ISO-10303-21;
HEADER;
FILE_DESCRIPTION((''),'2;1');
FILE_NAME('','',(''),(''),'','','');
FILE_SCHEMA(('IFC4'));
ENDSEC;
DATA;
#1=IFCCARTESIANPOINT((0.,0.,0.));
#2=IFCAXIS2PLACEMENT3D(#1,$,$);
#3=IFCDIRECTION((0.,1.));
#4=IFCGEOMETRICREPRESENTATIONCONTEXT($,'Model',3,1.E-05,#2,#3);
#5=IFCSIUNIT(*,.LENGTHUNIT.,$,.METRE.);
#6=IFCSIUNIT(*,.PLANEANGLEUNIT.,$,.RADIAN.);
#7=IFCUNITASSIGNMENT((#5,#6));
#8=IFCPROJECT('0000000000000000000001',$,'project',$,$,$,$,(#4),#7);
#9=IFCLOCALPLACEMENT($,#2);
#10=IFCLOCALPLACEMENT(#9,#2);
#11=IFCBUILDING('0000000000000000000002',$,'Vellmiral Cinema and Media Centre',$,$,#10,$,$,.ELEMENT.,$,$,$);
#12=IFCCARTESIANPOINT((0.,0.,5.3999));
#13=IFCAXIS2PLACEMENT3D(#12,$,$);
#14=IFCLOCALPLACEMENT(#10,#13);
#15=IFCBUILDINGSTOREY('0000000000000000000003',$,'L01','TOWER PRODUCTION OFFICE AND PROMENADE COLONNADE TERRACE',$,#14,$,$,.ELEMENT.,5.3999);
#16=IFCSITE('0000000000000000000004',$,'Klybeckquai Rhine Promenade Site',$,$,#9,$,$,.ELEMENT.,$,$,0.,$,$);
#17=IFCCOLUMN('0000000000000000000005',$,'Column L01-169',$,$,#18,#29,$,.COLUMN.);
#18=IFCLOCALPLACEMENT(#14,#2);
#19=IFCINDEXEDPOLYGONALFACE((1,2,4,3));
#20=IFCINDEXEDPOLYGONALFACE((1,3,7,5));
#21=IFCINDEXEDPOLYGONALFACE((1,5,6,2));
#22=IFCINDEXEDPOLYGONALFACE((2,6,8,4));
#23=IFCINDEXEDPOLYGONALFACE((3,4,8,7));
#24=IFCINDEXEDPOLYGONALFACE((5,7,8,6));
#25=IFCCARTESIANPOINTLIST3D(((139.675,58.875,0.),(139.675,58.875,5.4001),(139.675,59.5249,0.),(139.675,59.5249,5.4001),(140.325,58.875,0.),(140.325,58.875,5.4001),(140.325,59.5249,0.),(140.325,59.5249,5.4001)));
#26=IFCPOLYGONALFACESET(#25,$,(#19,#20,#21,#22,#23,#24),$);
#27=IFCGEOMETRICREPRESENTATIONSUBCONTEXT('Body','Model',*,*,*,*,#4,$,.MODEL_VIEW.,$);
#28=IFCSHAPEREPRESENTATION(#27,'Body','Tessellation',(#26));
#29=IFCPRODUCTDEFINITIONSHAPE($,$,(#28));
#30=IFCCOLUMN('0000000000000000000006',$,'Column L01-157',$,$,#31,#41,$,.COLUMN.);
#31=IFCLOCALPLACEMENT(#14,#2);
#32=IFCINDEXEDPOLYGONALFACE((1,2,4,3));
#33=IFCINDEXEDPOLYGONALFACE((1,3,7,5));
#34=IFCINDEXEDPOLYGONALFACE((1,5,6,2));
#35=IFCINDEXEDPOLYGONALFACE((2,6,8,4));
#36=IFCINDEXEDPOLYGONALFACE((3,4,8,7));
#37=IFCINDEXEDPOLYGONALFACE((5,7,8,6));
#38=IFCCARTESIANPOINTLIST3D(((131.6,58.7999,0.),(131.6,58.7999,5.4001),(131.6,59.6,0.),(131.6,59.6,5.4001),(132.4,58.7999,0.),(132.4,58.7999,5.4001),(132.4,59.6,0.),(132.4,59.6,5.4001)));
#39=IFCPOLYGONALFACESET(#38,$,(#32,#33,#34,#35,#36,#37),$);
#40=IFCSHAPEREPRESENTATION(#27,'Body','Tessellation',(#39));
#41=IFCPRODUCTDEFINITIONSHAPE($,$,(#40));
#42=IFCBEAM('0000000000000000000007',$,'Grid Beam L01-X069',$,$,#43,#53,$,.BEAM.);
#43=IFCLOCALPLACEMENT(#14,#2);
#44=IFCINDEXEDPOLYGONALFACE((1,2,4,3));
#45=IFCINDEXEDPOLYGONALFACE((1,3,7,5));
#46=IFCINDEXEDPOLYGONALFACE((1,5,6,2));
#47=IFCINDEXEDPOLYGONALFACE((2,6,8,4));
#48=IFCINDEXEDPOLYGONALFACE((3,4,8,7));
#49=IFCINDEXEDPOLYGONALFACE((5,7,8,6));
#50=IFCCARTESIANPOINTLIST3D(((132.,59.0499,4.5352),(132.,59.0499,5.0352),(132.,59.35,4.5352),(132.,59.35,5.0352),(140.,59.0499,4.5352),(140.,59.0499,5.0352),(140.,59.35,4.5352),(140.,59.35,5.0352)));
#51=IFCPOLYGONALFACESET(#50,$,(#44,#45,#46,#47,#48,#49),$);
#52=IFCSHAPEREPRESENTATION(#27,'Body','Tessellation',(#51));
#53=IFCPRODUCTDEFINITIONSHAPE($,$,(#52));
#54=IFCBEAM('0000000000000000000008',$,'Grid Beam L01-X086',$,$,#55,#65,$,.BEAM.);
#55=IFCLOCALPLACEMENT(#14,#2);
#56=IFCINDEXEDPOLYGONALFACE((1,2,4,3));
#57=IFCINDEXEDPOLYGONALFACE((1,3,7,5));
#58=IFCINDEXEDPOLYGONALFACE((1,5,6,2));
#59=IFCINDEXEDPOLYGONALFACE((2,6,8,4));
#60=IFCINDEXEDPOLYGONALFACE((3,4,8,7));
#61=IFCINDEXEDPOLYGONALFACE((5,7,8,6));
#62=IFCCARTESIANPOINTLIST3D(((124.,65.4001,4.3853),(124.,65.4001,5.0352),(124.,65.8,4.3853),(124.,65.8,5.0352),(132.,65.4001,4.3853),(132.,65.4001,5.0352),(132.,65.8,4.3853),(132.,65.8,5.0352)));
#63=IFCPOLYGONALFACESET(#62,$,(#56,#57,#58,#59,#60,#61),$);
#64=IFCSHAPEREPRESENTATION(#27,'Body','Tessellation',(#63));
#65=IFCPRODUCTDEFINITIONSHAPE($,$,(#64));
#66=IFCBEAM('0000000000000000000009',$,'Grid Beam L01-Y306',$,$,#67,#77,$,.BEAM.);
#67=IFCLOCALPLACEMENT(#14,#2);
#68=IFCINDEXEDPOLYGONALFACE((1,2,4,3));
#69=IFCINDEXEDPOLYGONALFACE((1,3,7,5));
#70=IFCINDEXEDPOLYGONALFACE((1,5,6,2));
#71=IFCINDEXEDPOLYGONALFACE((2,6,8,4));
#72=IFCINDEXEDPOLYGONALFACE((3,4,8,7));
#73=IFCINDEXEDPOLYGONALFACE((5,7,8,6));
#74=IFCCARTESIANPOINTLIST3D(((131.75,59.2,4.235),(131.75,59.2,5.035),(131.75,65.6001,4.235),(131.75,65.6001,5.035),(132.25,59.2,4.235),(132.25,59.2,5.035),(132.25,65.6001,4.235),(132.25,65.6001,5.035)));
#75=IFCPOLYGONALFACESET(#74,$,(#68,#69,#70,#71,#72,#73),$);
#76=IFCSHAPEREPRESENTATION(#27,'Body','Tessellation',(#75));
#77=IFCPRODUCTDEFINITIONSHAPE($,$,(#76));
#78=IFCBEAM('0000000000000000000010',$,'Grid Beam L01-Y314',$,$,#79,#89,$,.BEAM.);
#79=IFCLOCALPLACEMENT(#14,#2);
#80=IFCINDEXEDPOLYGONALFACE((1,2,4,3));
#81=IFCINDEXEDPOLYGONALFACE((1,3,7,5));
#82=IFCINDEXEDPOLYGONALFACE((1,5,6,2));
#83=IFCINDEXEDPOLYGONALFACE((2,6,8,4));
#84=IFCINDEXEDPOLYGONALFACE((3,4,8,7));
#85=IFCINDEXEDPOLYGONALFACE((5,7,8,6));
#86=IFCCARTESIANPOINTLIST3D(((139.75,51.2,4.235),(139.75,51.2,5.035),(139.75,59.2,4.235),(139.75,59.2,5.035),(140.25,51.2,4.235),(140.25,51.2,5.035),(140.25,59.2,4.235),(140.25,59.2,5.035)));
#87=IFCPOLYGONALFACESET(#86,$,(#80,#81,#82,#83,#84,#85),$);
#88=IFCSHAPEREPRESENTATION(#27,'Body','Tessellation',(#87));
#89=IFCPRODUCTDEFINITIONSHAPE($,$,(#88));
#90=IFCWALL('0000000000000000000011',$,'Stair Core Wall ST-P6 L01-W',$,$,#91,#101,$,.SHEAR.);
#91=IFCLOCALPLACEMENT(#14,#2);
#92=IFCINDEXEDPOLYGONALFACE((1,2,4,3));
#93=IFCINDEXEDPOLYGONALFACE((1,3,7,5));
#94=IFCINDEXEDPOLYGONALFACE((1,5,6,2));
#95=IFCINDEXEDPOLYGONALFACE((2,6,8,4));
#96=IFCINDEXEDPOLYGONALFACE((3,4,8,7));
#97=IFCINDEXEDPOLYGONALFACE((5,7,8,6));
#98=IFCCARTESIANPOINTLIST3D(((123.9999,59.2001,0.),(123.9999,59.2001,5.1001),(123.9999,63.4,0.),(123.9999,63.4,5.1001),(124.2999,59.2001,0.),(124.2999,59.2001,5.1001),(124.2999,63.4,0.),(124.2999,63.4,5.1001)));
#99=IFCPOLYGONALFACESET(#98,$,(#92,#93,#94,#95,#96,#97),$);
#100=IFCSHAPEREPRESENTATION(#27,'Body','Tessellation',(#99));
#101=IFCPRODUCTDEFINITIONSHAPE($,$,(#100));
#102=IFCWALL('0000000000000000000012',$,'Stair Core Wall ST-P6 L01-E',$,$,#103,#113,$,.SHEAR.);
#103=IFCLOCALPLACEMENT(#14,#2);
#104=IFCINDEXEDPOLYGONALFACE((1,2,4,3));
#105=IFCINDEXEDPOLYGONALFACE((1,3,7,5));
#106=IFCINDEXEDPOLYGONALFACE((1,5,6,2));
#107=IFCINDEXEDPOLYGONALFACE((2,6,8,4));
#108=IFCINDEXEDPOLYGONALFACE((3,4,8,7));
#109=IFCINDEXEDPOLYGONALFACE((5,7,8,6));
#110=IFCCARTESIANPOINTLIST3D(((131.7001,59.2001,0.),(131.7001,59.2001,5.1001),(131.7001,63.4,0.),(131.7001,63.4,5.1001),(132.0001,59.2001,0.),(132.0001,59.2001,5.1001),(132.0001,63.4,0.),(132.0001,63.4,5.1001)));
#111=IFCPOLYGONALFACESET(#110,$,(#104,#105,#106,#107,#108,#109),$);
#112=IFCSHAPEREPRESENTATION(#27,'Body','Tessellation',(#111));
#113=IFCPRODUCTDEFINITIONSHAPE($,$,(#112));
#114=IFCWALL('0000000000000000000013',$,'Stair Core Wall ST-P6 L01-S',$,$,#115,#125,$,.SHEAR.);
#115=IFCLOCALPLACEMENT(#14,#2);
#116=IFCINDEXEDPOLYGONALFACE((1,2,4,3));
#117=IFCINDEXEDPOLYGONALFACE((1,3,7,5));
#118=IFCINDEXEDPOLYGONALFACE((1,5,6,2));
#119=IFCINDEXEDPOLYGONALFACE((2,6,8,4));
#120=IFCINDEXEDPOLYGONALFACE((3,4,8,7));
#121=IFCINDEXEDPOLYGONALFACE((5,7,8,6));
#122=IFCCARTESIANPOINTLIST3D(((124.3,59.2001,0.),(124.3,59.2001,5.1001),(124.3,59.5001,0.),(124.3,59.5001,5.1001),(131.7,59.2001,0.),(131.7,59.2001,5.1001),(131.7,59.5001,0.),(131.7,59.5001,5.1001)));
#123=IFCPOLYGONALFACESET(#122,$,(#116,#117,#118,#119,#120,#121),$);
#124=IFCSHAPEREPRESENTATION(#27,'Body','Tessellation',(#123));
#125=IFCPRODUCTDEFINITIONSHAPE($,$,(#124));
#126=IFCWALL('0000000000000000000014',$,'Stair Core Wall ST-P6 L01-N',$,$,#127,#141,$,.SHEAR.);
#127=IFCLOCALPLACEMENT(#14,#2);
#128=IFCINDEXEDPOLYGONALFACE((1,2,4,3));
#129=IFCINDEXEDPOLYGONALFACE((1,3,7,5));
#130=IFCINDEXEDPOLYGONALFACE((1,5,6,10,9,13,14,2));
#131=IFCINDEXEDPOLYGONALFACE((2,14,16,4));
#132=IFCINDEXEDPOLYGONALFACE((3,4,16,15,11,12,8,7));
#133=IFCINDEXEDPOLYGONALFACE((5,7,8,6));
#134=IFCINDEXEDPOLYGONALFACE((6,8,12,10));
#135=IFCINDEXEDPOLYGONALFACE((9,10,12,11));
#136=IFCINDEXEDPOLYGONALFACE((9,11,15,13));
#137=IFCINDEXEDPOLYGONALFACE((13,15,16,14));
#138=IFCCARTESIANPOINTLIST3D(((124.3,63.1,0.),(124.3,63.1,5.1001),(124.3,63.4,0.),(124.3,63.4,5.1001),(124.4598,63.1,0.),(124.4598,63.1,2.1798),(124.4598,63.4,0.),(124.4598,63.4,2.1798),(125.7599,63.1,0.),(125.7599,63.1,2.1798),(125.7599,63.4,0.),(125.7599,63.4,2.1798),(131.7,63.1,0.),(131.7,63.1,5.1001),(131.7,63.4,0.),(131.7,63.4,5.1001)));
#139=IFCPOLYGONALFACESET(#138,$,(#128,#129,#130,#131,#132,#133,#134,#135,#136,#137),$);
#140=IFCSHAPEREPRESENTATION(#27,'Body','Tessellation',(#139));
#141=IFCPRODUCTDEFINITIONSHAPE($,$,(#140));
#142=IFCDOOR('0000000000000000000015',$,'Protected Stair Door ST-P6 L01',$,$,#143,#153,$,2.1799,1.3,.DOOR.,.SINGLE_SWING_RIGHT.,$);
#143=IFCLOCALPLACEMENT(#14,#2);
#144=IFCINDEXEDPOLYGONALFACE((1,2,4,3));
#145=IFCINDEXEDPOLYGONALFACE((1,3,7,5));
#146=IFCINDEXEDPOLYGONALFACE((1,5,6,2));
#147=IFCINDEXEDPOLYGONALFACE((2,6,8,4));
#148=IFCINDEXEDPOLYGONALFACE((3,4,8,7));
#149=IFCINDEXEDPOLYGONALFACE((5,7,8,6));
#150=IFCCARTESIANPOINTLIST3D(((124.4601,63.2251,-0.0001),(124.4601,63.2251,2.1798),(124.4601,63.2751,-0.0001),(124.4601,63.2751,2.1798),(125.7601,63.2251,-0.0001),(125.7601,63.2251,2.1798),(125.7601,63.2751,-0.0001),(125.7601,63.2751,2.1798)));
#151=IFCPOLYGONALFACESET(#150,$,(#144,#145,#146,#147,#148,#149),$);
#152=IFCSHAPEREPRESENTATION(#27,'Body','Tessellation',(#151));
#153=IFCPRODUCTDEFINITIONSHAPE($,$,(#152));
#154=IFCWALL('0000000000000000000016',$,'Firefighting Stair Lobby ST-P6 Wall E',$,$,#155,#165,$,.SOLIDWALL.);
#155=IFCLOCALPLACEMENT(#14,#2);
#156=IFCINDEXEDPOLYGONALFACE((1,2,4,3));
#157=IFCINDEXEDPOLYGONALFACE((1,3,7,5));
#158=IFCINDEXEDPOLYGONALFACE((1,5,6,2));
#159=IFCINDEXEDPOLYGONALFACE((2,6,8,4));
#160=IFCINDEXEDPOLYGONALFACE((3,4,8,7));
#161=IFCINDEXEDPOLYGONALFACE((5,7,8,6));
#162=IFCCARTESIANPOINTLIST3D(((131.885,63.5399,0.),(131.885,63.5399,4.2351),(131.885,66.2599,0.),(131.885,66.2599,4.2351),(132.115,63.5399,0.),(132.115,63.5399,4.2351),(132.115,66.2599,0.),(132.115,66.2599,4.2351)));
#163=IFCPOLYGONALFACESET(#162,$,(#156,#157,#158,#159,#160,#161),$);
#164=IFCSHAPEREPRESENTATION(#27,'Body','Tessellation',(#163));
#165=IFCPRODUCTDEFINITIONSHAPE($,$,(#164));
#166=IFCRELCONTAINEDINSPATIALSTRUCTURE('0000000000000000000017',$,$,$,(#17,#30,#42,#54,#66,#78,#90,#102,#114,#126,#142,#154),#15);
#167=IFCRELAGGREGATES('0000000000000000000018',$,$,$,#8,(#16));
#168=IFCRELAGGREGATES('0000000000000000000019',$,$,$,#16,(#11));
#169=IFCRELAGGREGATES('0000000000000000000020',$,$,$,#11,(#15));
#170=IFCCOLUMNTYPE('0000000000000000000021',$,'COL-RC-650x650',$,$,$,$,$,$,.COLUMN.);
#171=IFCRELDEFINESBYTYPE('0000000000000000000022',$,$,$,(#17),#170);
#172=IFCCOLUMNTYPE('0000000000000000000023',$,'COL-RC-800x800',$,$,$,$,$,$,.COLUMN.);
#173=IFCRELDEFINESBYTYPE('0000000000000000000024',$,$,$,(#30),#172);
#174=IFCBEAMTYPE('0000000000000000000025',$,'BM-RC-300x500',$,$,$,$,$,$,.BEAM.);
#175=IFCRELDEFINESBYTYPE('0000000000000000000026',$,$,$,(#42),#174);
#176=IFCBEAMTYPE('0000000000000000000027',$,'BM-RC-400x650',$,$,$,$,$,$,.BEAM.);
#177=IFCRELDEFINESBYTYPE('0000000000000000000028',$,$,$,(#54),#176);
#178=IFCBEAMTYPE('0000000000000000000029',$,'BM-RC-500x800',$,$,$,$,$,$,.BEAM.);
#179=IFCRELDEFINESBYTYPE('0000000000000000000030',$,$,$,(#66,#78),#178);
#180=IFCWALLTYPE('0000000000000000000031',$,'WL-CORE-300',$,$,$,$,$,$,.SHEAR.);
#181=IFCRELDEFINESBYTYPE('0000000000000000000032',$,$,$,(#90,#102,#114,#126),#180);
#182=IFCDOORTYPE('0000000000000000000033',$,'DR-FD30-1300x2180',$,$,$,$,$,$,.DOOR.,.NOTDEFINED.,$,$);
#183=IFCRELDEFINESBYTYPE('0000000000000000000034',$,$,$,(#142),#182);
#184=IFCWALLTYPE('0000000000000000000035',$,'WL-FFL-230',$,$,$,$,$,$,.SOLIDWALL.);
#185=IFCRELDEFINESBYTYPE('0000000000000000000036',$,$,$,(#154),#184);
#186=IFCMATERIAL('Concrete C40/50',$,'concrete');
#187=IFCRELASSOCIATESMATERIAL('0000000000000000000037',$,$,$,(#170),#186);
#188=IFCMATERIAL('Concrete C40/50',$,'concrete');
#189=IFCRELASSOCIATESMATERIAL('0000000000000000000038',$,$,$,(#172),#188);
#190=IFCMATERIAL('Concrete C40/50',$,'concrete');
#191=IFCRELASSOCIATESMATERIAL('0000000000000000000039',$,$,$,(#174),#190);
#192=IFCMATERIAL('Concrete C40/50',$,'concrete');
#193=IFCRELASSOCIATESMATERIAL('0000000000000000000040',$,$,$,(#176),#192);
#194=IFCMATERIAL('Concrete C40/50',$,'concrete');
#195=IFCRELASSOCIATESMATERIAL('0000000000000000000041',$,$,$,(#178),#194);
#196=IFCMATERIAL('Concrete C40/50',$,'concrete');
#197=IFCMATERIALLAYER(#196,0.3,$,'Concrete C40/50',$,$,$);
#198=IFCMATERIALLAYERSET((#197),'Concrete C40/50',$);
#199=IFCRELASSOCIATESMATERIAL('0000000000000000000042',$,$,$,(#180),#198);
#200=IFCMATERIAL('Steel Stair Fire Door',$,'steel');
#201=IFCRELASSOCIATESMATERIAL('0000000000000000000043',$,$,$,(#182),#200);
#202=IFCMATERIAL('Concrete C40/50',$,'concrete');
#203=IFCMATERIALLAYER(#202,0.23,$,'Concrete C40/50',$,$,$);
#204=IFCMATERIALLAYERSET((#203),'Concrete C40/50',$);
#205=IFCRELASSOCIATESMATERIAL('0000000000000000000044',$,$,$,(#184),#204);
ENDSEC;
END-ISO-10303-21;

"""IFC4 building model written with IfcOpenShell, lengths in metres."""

from ifc_helpers import new_model, si_unit, direction, frame, frame_2d, origin, origin_2d, place, context, subcontext, project, spatial, rectangle, extrude, material, layer, layer_set, material_profile, profile_set, type_object, element, fill, save


model = new_model("IFC4")

# Units and contexts
model_context = context("Model", 3, precision=1e-05, world=origin(), true_north=direction((0.0, 1.0)))
body_context = subcontext(model_context, "Body", "Model", "MODEL_VIEW")
ifc_project = project(units=[si_unit("LENGTHUNIT", "METRE"), si_unit("PLANEANGLEUNIT", "RADIAN")], contexts=[model_context])

# Site, building, storey
site_placement = place(None, origin())
site = spatial("IfcSite", under=ifc_project, at=site_placement, Name="Klybeckquai Rhine Promenade Site", CompositionType="ELEMENT", RefElevation=0.0)
building_placement = place(site_placement, origin())
building = spatial("IfcBuilding", under=site, at=building_placement, Name="Vellmiral Cinema and Media Centre", CompositionType="ELEMENT")
storey_placement = place(building_placement, frame((0.0, 0.0, 5.3999)))
storey = spatial("IfcBuildingStorey", under=building, at=storey_placement, Name="L01", Description="TOWER PRODUCTION OFFICE AND PROMENADE COLONNADE TERRACE", CompositionType="ELEMENT", Elevation=5.3999)

# Columns
ifc_material_1 = material(Name="Concrete C40/50", Category="concrete")
ifc_material_profile_1 = material_profile(ifc_material_1, rectangle(XDim=0.6499, YDim=0.6499, at=origin_2d()), Name="RC 650x650")
ifc_profile_set_1 = profile_set([ifc_material_profile_1], Name="Concrete C40/50")
column_type_1 = type_object("IfcColumnType", Name="COL-RC-650x650", PredefinedType="COLUMN", material=ifc_profile_set_1)
column_1_placement = place(storey_placement, frame((140.0, 59.2, 0.0), z_axis=(0.0, 0.0, 1.0), x_axis=(1.0, 0.0, 0.0)))
element("IfcColumn", 1, at=column_1_placement, inside=storey, type_object=column_type_1, Name="Column L01-169", PredefinedType="COLUMN", context=body_context, shape_type="SweptSolid", body=[
    extrude(rectangle(XDim=0.6499, YDim=0.6499, at=origin_2d()), origin(), (0.0, 0.0, 1.0), 5.4001),
])
ifc_material_2 = material(Name="Concrete C40/50", Category="concrete")
ifc_material_profile_2 = material_profile(ifc_material_2, rectangle(XDim=0.8, YDim=0.8, at=origin_2d()), Name="RC 800x800")
ifc_profile_set_2 = profile_set([ifc_material_profile_2], Name="Concrete C40/50")
column_type_2 = type_object("IfcColumnType", Name="COL-RC-800x800", PredefinedType="COLUMN", material=ifc_profile_set_2)
column_2_placement = place(storey_placement, frame((132.0, 59.2, 0.0), z_axis=(0.0, 0.0, 1.0), x_axis=(1.0, 0.0, 0.0)))
element("IfcColumn", 2, at=column_2_placement, inside=storey, type_object=column_type_2, Name="Column L01-157", PredefinedType="COLUMN", context=body_context, shape_type="SweptSolid", body=[
    extrude(rectangle(XDim=0.8, YDim=0.8, at=origin_2d()), origin(), (0.0, 0.0, 1.0), 5.4001),
])

# Beams
ifc_material_3 = material(Name="Concrete C40/50", Category="concrete")
ifc_material_profile_3 = material_profile(ifc_material_3, rectangle(XDim=0.3, YDim=0.5, at=origin_2d()), Name="RC 300x500")
ifc_profile_set_3 = profile_set([ifc_material_profile_3], Name="Concrete C40/50")
beam_type_1 = type_object("IfcBeamType", Name="BM-RC-300x500", PredefinedType="BEAM", material=ifc_profile_set_3)
beam_1_placement = place(storey_placement, frame((132.0, 59.2, 4.7852), z_axis=(1.0, 0.0, 0.0), x_axis=(0.0, 1.0, 0.0)))
element("IfcBeam", 3, at=beam_1_placement, inside=storey, type_object=beam_type_1, Name="Grid Beam L01-X069", PredefinedType="BEAM", context=body_context, shape_type="SweptSolid", body=[
    extrude(rectangle(XDim=0.3, YDim=0.5, at=origin_2d()), origin(), (0.0, 0.0, 1.0), 8.0),
])
ifc_material_4 = material(Name="Concrete C40/50", Category="concrete")
ifc_material_profile_4 = material_profile(ifc_material_4, rectangle(XDim=0.3999, YDim=0.6499, at=origin_2d()), Name="RC 400x650")
ifc_profile_set_4 = profile_set([ifc_material_profile_4], Name="Concrete C40/50")
beam_type_2 = type_object("IfcBeamType", Name="BM-RC-400x650", PredefinedType="BEAM", material=ifc_profile_set_4)
beam_2_placement = place(storey_placement, frame((124.0, 65.6001, 4.7102), z_axis=(1.0, 0.0, 0.0), x_axis=(0.0, 1.0, 0.0)))
element("IfcBeam", 4, at=beam_2_placement, inside=storey, type_object=beam_type_2, Name="Grid Beam L01-X086", PredefinedType="BEAM", context=body_context, shape_type="SweptSolid", body=[
    extrude(rectangle(XDim=0.3999, YDim=0.6499, at=origin_2d()), origin(), (0.0, 0.0, 1.0), 8.0),
])
ifc_material_5 = material(Name="Concrete C40/50", Category="concrete")
ifc_material_profile_5 = material_profile(ifc_material_5, rectangle(XDim=0.5, YDim=0.8, at=origin_2d()), Name="RC 500x800")
ifc_profile_set_5 = profile_set([ifc_material_profile_5], Name="Concrete C40/50")
beam_type_3 = type_object("IfcBeamType", Name="BM-RC-500x800", PredefinedType="BEAM", material=ifc_profile_set_5)
beam_3_placement = place(storey_placement, frame((132.0, 59.2, 4.635), z_axis=(0.0, 1.0, 0.0), x_axis=(-1.0, 0.0, 0.0)))
element("IfcBeam", 5, at=beam_3_placement, inside=storey, type_object=beam_type_3, Name="Grid Beam L01-Y306", PredefinedType="BEAM", context=body_context, shape_type="SweptSolid", body=[
    extrude(rectangle(XDim=0.5, YDim=0.8, at=origin_2d()), origin(), (0.0, 0.0, 1.0), 6.4001),
])
beam_4_placement = place(storey_placement, frame((140.0, 51.2, 4.635), z_axis=(0.0, 1.0, 0.0), x_axis=(-1.0, 0.0, 0.0)))
element("IfcBeam", 6, at=beam_4_placement, inside=storey, type_object=beam_type_3, Name="Grid Beam L01-Y314", PredefinedType="BEAM", context=body_context, shape_type="SweptSolid", body=[
    extrude(rectangle(XDim=0.5, YDim=0.8, at=origin_2d()), origin(), (0.0, 0.0, 1.0), 8.0),
])

# Walls
ifc_material_6 = material(Name="Concrete C40/50", Category="concrete")
ifc_layer_1 = layer(ifc_material_6, 0.3, Name="Concrete C40/50")
ifc_layer_set_1 = layer_set([ifc_layer_1], Name="Concrete C40/50")
wall_type_1 = type_object("IfcWallType", Name="WL-CORE-300", PredefinedType="SHEAR", material=ifc_layer_set_1)
for number, where, z_axis, x_axis, name in (
    (7, (124.1499, 59.2, 0.0), (0.0, 0.0, 1.0), (0.0, 1.0, 0.0), "Stair Core Wall ST-P6 L01-W"),
    (8, (131.8501, 59.2, 0.0), (0.0, 0.0, 1.0), (0.0, 1.0, 0.0), "Stair Core Wall ST-P6 L01-E"),
):
    element("IfcWall", number, at=place(storey_placement, frame(where, z_axis=z_axis, x_axis=x_axis)), inside=storey, type_object=wall_type_1, Name=name, PredefinedType="SHEAR", context=body_context, shape_type="SweptSolid", body=[
        extrude(rectangle(XDim=4.2, YDim=0.3, at=frame_2d((2.1001, 0.0))), origin(), (0.0, 0.0, 1.0), 5.1001),
    ])
wall_1_placement = place(storey_placement, frame((124.3, 59.3501, 0.0), z_axis=(0.0, 0.0, 1.0), x_axis=(1.0, 0.0, 0.0)))
element("IfcWall", 9, at=wall_1_placement, inside=storey, type_object=wall_type_1, Name="Stair Core Wall ST-P6 L01-S", PredefinedType="SHEAR", context=body_context, shape_type="SweptSolid", body=[
    extrude(rectangle(XDim=7.3999, YDim=0.3, at=frame_2d((3.7, 0.0))), origin(), (0.0, 0.0, 1.0), 5.1001),
])

# Wall, opening, door
wall_2_placement = place(storey_placement, frame((124.3, 63.25, 0.0), z_axis=(0.0, 0.0, 1.0), x_axis=(1.0, 0.0, 0.0)))
wall_2 = element("IfcWall", 10, at=wall_2_placement, inside=storey, type_object=wall_type_1, Name="Stair Core Wall ST-P6 L01-N", PredefinedType="SHEAR", context=body_context, shape_type="SweptSolid", body=[
    extrude(rectangle(XDim=7.3999, YDim=0.3, at=frame_2d((3.7, 0.0))), origin(), (0.0, 0.0, 1.0), 5.1001),
])
opening_placement = place(wall_2_placement, frame((0.1599, 0.0, 0.0)))
opening = element("IfcOpeningElement", 11, at=opening_placement, cuts=wall_2, PredefinedType="OPENING", context=body_context, shape_type="SweptSolid", body=[
    extrude(rectangle(XDim=1.3, YDim=2.1799, at=frame_2d((0.6499, 1.0898))), frame((0.0, 0.1621, 0.0), z_axis=(0.0, -1.0, 0.0), x_axis=(1.0, 0.0, 0.0)), (0.0, 0.0, 1.0), 0.324),
])
ifc_material_7 = material(Name="Steel Stair Fire Door", Category="steel")
door_type = type_object("IfcDoorType", Name="DR-FD30-1300x2180", OperationType="NOTDEFINED", PredefinedType="DOOR", material=ifc_material_7)
door_placement = place(opening_placement, frame((1.3, 0.0, 0.0), z_axis=(0.0, 0.0, 1.0), x_axis=(-1.0, 0.0, 0.0)))
door = element("IfcDoor", 12, at=door_placement, inside=storey, type_object=door_type, Name="Protected Stair Door ST-P6 L01", OperationType="SINGLE_SWING_RIGHT", OverallHeight=2.1799, OverallWidth=1.3, PredefinedType="DOOR", context=body_context, shape_type="SweptSolid", body=[
    extrude(rectangle(XDim=1.3, YDim=2.1799, at=frame_2d((0.6499, 1.0898))), frame((0.0, 0.0249, 0.0), z_axis=(0.0, -1.0, 0.0), x_axis=(1.0, 0.0, 0.0)), (0.0, 0.0, 1.0), 0.05),
])
fill(opening, door)

# Wall
ifc_material_8 = material(Name="Concrete C40/50", Category="concrete")
ifc_layer_2 = layer(ifc_material_8, 0.23, Name="Concrete C40/50")
ifc_layer_set_2 = layer_set([ifc_layer_2], Name="Concrete C40/50")
wall_type_2 = type_object("IfcWallType", Name="WL-FFL-230", PredefinedType="SOLIDWALL", material=ifc_layer_set_2)
wall_3_placement = place(storey_placement, frame((132.0, 63.54, 0.0), z_axis=(0.0, 0.0, 1.0), x_axis=(0.0, 1.0, 0.0)))
element("IfcWall", 13, at=wall_3_placement, inside=storey, type_object=wall_type_2, Name="Firefighting Stair Lobby ST-P6 Wall E", PredefinedType="SOLIDWALL", context=body_context, shape_type="SweptSolid", body=[
    extrude(rectangle(XDim=2.72, YDim=0.23, at=frame_2d((1.3599, 0.0))), origin(), (0.0, 0.0, 1.0), 4.2351),
])

save(model, "model.ifc")
